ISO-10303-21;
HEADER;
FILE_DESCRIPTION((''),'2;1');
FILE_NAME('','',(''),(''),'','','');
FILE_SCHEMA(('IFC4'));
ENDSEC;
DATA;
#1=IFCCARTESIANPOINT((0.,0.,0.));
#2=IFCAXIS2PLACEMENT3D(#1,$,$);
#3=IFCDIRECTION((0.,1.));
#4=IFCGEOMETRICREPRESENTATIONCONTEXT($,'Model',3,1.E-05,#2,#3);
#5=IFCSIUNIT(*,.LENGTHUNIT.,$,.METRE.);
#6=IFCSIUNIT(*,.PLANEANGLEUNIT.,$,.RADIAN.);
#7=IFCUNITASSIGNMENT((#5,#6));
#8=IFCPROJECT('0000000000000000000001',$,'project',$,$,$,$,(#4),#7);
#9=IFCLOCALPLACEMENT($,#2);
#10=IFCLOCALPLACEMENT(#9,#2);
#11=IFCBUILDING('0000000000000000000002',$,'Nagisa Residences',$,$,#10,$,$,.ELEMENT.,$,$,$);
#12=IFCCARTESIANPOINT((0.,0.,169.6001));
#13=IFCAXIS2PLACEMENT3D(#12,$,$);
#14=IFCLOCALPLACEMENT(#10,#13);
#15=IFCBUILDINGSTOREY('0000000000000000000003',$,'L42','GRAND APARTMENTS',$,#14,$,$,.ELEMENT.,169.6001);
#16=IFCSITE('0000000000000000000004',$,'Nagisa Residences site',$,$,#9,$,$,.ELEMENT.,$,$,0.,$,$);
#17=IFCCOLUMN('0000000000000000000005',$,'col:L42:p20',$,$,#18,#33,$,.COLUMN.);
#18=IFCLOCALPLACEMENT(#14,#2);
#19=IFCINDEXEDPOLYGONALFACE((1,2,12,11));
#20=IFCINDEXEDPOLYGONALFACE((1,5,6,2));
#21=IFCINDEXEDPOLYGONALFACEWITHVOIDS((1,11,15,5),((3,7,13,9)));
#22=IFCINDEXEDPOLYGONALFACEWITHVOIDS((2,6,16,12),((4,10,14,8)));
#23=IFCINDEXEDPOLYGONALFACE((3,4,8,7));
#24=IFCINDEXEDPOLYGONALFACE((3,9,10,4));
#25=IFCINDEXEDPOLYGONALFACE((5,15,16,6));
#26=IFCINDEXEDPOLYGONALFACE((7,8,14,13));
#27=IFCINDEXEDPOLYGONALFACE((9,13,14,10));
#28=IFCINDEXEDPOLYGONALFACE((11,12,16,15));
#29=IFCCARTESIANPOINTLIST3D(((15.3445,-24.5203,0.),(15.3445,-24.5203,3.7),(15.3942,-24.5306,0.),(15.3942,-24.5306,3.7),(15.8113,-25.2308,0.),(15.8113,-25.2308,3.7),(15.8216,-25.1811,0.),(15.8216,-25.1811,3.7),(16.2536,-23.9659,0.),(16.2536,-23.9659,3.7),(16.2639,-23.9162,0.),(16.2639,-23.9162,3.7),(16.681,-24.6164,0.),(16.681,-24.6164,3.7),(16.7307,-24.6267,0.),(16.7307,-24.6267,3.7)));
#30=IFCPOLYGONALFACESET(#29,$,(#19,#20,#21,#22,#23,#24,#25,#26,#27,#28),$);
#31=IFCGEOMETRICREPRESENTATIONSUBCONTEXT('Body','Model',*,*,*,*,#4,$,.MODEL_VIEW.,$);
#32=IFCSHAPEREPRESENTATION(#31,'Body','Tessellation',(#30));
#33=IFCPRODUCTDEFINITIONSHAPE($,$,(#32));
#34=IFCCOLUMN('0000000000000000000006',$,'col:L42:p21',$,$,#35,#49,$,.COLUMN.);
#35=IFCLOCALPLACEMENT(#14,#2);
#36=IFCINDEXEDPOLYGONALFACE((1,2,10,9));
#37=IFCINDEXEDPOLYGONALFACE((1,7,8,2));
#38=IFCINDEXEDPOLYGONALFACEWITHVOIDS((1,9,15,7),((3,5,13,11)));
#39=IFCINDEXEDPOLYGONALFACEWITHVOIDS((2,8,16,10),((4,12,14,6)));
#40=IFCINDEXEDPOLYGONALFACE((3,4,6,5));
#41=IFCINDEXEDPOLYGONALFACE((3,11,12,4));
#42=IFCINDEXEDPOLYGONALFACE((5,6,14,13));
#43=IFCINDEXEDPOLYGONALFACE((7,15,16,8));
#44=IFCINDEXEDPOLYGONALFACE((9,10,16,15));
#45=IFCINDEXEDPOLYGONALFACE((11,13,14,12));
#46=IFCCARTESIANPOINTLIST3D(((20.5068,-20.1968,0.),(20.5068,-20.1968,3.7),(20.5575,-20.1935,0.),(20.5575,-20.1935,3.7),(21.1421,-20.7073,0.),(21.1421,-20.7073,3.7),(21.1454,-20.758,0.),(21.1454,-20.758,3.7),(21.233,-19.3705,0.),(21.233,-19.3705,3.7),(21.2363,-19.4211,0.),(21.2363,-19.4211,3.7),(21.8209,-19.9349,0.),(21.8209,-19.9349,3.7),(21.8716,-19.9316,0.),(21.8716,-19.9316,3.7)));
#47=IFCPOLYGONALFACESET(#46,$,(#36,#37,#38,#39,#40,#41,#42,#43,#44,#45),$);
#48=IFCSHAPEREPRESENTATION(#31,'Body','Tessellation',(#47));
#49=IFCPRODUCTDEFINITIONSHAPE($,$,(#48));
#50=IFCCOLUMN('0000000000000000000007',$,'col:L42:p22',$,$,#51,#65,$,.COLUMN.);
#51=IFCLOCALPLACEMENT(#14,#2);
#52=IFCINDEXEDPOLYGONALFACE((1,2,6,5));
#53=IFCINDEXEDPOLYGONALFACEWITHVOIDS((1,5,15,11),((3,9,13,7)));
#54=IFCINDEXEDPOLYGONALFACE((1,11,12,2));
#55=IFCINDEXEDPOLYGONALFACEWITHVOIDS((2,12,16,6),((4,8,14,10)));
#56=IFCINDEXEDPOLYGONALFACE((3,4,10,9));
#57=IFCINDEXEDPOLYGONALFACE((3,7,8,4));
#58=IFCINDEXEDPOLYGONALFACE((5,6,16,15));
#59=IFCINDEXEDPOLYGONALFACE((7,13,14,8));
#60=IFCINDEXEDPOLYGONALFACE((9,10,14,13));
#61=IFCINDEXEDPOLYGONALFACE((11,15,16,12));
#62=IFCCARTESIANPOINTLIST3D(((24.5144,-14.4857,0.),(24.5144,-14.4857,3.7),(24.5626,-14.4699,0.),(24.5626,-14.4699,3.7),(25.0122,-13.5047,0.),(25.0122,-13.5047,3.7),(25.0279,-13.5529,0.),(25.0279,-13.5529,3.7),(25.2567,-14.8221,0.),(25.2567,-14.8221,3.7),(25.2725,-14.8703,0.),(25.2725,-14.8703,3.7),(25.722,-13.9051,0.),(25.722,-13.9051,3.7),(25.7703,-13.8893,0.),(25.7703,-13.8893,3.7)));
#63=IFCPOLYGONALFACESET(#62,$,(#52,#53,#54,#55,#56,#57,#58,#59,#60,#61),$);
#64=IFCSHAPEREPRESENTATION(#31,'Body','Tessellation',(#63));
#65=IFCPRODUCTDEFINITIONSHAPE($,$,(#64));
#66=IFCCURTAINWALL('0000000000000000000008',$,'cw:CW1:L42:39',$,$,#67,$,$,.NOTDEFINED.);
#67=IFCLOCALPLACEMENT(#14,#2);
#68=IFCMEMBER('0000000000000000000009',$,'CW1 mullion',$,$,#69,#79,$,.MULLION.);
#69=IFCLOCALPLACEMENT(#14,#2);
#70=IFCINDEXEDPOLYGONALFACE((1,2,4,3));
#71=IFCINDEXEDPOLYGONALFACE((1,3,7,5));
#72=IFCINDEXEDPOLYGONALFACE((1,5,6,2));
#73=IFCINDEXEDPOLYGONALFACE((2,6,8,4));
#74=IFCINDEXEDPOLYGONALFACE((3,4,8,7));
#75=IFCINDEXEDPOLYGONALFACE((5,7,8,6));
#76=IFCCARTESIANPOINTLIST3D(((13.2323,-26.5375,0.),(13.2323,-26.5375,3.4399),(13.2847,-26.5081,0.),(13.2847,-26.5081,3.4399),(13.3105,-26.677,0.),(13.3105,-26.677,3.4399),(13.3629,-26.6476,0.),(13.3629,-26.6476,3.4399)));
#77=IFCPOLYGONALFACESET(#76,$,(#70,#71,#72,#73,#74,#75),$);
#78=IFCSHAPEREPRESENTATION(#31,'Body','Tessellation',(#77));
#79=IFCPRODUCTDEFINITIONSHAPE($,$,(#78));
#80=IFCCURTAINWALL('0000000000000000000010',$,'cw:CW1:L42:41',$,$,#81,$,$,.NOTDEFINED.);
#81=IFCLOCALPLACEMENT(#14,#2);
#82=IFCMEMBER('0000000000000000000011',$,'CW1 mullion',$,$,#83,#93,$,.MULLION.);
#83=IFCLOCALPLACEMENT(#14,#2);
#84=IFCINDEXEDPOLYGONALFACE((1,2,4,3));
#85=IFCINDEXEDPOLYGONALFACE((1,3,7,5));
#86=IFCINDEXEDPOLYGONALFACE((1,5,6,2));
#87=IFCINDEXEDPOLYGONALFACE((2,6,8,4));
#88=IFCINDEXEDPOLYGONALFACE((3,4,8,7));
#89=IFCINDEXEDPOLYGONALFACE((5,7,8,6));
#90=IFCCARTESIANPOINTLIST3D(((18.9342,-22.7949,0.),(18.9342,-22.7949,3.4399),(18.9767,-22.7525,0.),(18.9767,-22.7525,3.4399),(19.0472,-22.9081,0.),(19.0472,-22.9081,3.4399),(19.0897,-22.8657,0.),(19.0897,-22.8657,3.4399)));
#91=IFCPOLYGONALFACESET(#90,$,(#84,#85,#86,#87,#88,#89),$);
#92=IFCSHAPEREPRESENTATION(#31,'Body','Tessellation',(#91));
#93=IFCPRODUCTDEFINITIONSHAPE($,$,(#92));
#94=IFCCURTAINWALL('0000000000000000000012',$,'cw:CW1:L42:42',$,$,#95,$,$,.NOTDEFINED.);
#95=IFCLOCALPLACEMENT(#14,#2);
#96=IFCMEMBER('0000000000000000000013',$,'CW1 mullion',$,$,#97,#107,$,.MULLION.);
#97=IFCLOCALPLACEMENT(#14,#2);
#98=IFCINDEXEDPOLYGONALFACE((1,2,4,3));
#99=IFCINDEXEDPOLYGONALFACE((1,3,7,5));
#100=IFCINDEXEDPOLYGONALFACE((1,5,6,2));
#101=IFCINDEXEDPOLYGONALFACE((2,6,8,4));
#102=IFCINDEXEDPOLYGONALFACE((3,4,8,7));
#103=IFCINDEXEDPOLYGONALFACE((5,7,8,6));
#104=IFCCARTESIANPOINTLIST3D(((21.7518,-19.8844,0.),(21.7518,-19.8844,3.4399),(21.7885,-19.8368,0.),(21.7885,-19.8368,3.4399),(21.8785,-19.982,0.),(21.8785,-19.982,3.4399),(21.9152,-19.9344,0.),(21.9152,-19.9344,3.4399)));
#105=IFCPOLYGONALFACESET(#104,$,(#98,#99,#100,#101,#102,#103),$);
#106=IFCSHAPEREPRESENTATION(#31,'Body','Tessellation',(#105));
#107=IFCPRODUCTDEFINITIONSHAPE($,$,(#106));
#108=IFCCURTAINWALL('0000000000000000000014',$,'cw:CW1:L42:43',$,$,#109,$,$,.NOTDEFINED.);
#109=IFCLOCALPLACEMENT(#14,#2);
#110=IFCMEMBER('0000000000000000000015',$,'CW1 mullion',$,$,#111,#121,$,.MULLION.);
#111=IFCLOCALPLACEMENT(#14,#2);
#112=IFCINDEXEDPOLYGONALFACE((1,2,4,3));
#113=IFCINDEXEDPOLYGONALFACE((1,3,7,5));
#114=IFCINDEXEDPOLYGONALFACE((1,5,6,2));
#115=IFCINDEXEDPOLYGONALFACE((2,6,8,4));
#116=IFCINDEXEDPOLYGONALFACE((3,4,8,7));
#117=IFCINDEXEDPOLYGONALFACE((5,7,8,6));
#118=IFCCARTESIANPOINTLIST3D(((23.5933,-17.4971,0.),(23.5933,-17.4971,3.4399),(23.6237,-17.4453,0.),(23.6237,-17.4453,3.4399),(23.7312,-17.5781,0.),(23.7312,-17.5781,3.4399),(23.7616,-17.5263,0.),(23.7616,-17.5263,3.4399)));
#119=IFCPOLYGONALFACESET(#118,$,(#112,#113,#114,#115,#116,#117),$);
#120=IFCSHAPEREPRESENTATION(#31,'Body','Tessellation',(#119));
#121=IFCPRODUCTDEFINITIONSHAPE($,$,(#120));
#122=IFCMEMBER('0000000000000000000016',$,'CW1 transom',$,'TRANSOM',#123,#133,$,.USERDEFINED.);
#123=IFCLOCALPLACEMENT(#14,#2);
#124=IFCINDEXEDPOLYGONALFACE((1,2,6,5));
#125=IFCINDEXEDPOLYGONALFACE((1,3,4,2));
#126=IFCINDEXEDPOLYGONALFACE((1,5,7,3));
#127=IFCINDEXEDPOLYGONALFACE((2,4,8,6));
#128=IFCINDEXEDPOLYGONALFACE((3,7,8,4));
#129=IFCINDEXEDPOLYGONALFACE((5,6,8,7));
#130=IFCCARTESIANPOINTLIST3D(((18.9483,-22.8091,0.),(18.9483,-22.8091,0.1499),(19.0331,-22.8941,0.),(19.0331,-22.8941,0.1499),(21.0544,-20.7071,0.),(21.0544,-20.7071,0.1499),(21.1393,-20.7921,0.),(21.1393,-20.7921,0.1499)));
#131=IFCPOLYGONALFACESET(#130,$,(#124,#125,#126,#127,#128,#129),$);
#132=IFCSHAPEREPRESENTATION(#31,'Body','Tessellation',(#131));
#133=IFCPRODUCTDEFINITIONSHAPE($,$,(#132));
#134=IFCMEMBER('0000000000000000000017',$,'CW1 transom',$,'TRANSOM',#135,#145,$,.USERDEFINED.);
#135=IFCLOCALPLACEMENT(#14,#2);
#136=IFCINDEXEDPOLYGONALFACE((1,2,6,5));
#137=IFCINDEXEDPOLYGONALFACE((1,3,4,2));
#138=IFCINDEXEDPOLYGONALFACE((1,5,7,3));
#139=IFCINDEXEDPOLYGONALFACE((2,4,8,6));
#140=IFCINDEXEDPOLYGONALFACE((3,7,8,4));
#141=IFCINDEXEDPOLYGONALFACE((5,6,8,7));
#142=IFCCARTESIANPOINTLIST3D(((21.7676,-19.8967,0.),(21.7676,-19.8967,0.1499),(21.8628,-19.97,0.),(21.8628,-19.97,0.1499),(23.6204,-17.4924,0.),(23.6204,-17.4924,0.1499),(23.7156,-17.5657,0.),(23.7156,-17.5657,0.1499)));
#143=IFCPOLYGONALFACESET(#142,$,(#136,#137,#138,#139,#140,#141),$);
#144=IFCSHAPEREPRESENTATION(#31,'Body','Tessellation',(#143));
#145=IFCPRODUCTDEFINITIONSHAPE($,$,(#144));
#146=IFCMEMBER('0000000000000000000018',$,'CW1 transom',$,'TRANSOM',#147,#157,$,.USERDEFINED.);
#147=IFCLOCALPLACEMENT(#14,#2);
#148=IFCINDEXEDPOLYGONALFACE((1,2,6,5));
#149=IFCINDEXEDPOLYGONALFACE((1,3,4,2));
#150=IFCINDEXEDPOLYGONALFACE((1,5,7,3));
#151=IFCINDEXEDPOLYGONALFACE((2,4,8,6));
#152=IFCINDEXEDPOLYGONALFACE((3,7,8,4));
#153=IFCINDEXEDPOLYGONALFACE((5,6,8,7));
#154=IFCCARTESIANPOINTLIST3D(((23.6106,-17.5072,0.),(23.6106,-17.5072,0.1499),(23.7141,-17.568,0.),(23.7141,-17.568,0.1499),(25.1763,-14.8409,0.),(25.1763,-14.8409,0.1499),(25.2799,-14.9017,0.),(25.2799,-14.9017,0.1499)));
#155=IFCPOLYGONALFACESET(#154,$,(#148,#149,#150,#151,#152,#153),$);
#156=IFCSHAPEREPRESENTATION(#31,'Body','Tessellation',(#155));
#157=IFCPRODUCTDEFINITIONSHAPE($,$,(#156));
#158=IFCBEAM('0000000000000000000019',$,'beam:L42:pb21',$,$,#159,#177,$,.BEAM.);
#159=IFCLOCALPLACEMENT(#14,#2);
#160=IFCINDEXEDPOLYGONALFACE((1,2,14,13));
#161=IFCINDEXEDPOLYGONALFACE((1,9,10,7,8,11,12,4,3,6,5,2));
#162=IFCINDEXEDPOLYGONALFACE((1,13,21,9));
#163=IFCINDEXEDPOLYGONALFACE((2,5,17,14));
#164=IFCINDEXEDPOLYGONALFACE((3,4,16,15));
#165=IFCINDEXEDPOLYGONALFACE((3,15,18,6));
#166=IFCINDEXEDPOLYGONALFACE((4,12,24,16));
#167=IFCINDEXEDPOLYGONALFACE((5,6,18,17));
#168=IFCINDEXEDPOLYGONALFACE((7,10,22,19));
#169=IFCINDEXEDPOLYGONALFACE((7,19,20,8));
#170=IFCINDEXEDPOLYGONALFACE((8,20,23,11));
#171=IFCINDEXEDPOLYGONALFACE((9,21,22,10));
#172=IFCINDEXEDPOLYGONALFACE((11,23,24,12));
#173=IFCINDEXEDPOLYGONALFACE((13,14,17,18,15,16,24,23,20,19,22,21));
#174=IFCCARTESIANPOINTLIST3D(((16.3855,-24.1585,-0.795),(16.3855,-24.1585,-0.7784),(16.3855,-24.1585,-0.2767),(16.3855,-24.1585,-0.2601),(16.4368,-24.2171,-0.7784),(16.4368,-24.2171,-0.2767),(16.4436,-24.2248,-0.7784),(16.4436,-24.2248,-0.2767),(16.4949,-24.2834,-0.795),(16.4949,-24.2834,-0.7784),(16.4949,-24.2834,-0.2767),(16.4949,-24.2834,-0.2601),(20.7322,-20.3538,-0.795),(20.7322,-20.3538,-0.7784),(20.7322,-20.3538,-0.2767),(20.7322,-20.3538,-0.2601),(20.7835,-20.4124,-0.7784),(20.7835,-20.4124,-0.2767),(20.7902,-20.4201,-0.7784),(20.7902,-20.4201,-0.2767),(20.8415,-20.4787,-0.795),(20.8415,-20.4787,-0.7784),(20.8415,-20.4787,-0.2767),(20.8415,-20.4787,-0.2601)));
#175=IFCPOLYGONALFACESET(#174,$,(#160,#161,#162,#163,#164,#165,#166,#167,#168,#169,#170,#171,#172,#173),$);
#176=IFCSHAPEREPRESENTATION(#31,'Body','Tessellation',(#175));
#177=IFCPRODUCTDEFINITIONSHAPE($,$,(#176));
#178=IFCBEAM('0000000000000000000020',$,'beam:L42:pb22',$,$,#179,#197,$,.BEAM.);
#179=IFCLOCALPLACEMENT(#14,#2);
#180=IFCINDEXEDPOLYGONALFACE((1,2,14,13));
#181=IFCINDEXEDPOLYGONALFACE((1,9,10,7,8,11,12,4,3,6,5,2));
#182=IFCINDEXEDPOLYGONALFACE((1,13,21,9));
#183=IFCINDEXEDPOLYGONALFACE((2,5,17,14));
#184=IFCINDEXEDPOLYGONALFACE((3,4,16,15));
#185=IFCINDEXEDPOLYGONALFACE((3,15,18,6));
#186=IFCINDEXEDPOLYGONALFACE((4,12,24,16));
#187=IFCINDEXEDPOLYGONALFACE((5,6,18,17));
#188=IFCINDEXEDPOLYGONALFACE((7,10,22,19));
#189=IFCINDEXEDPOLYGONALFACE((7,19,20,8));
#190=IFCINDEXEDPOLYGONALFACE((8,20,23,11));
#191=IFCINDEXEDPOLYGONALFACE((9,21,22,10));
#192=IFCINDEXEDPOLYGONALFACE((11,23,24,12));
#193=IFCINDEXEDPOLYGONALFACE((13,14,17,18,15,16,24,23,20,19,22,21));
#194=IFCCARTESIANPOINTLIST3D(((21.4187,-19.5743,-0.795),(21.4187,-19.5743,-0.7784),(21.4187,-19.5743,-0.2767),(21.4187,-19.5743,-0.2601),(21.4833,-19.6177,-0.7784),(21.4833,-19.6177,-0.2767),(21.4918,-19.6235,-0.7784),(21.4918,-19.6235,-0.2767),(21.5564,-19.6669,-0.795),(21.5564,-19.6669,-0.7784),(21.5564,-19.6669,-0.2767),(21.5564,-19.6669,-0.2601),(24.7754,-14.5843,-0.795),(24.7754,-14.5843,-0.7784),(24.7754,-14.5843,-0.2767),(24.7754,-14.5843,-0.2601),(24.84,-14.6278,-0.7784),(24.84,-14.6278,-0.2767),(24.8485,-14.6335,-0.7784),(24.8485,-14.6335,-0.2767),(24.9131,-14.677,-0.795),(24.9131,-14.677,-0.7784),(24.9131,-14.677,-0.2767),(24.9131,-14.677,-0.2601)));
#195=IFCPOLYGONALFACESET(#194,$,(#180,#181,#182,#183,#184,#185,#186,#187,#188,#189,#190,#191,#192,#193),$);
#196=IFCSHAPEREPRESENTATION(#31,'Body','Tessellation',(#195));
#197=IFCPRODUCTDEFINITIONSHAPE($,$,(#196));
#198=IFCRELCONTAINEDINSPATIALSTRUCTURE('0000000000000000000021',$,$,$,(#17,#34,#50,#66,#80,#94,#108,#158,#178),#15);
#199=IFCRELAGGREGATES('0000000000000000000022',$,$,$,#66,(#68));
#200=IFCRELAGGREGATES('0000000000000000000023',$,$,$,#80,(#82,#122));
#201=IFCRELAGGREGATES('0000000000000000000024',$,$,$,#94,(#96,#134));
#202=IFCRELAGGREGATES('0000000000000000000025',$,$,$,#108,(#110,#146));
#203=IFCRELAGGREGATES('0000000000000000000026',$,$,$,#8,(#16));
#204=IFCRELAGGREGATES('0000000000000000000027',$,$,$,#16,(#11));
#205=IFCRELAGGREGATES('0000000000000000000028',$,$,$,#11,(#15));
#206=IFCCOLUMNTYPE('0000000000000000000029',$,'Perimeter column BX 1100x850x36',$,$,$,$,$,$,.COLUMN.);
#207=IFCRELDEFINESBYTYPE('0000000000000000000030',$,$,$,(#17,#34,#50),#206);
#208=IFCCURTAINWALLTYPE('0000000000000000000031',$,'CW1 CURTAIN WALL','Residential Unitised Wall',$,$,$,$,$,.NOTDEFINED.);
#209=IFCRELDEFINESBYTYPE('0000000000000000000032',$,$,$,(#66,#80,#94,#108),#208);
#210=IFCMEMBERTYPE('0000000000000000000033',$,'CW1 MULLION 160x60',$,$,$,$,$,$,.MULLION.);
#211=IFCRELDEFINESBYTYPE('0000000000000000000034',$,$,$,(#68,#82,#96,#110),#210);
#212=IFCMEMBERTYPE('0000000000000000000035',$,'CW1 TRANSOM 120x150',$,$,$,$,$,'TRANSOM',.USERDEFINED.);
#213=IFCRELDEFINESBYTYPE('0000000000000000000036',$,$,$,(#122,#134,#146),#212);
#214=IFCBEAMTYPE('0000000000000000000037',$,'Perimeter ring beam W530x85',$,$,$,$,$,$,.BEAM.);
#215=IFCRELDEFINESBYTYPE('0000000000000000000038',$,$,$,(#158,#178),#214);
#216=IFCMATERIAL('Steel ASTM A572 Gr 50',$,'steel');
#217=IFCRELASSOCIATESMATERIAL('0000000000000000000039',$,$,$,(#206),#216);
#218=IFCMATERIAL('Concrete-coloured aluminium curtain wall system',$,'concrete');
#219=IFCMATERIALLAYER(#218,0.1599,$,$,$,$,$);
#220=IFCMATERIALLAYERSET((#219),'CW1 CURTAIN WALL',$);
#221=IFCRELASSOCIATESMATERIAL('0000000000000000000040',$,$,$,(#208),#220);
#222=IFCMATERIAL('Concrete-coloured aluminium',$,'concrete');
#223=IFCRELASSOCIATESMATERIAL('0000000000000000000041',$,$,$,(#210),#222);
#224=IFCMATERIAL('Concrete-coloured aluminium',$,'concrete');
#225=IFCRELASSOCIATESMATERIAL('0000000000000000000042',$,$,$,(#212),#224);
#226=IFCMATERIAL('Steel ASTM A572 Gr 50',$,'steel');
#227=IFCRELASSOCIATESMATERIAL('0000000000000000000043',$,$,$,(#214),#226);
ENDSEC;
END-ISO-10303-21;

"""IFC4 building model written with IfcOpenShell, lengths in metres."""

from ifc_helpers import new_model, si_unit, direction, frame, origin, origin_2d, place, context, subcontext, project, spatial, rectangle, hollow_rectangle, i_section, extrude, material, layer, layer_set, material_profile, profile_set, type_object, element, aggregate, save


model = new_model("IFC4")

# Units and contexts
model_context = context("Model", 3, precision=1e-05, world=origin(), true_north=direction((0.0, 1.0)))
body_context = subcontext(model_context, "Body", "Model", "MODEL_VIEW")
ifc_project = project(units=[si_unit("LENGTHUNIT", "METRE"), si_unit("PLANEANGLEUNIT", "RADIAN")], contexts=[model_context])

# Site, building, storey
site_placement = place(None, origin())
site = spatial("IfcSite", under=ifc_project, at=site_placement, Name="Nagisa Residences site", CompositionType="ELEMENT", RefElevation=0.0)
building_placement = place(site_placement, origin())
building = spatial("IfcBuilding", under=site, at=building_placement, Name="Nagisa Residences", CompositionType="ELEMENT")
storey_placement = place(building_placement, frame((0.0, 0.0, 169.6001)))
storey = spatial("IfcBuildingStorey", under=building, at=storey_placement, Name="L42", Description="GRAND APARTMENTS", CompositionType="ELEMENT", Elevation=169.6001)

# Columns
ifc_material_1 = material(Name="Steel ASTM A572 Gr 50", Category="steel")
ifc_material_profile_1 = material_profile(ifc_material_1, hollow_rectangle(XDim=1.1001, YDim=0.8501, WallThickness=0.0359, at=origin_2d()), Name="BX 1100x850x36")
ifc_profile_set_1 = profile_set([ifc_material_profile_1], Name="Steel ASTM A572 Gr 50")
column_type = type_object("IfcColumnType", Name="Perimeter column BX 1100x850x36", PredefinedType="COLUMN", material=ifc_profile_set_1)
for number, where, z_axis, x_axis, name in (
    (1, (16.0376, -24.5735, 0.0), (0.0, 0.0, 1.0), (0.835766, 0.549086, 0.0), "col:L42:p20"),
    (2, (21.1892, -20.0642, 0.0), (0.0, 0.0, 1.0), (0.660115, 0.751165, 0.0), "col:L42:p21"),
    (3, (25.1423, -14.1875, 0.0), (0.0, 0.0, 1.0), (0.452463, 0.891783, 0.0), "col:L42:p22"),
):
    element("IfcColumn", number, at=place(storey_placement, frame(where, z_axis=z_axis, x_axis=x_axis)), inside=storey, type_object=column_type, Name=name, PredefinedType="COLUMN", context=body_context, shape_type="SweptSolid", body=[
        extrude(hollow_rectangle(XDim=1.1001, YDim=0.8501, WallThickness=0.0359, at=origin_2d()), origin(), (0.0, 0.0, 1.0), 3.7),
    ])

# Curtain walls, members
ifc_material_2 = material(Name="Concrete-coloured aluminium curtain wall system", Category="concrete")
ifc_layer_1 = layer(ifc_material_2, 0.1599)
ifc_layer_set_1 = layer_set([ifc_layer_1], Name="CW1 CURTAIN WALL")
curtain_wall_type = type_object("IfcCurtainWallType", Name="CW1 CURTAIN WALL", Description="Residential Unitised Wall", PredefinedType="NOTDEFINED", material=ifc_layer_set_1)
curtain_wall_1_placement = place(storey_placement, origin())
curtain_wall_1 = element("IfcCurtainWall", 4, at=curtain_wall_1_placement, inside=storey, type_object=curtain_wall_type, Name="cw:CW1:L42:39", PredefinedType="NOTDEFINED")
ifc_material_3 = material(Name="Concrete-coloured aluminium", Category="concrete")
ifc_material_profile_2 = material_profile(ifc_material_3, rectangle(XDim=0.1599, YDim=0.0601, at=origin_2d()), Name="CW1 MULLION 160x60")
ifc_profile_set_2 = profile_set([ifc_material_profile_2], Name="Concrete-coloured aluminium")
member_type_1 = type_object("IfcMemberType", Name="CW1 MULLION 160x60", PredefinedType="MULLION", material=ifc_profile_set_2)
member_1_placement = place(storey_placement, frame((13.2976, -26.5925, 0.0), z_axis=(0.0, 0.0, 1.0), x_axis=(-0.489377, 0.872072, 0.0)))
member_1 = element("IfcMember", 5, at=member_1_placement, type_object=member_type_1, Name="CW1 mullion", PredefinedType="MULLION", context=body_context, shape_type="SweptSolid", body=[
    extrude(rectangle(XDim=0.1599, YDim=0.0601, at=origin_2d()), origin(), (0.0, 0.0, 1.0), 3.4399),
])
curtain_wall_2_placement = place(storey_placement, origin())
curtain_wall_2 = element("IfcCurtainWall", 6, at=curtain_wall_2_placement, inside=storey, type_object=curtain_wall_type, Name="cw:CW1:L42:41", PredefinedType="NOTDEFINED")
member_2_placement = place(storey_placement, frame((19.012, -22.8303, 0.0), z_axis=(0.0, 0.0, 1.0), x_axis=(-0.706377, 0.707836, 0.0)))
member_2 = element("IfcMember", 7, at=member_2_placement, type_object=member_type_1, Name="CW1 mullion", PredefinedType="MULLION", context=body_context, shape_type="SweptSolid", body=[
    extrude(rectangle(XDim=0.1599, YDim=0.0601, at=origin_2d()), origin(), (0.0, 0.0, 1.0), 3.4399),
])
curtain_wall_3_placement = place(storey_placement, origin())
curtain_wall_3 = element("IfcCurtainWall", 8, at=curtain_wall_3_placement, inside=storey, type_object=curtain_wall_type, Name="cw:CW1:L42:42", PredefinedType="NOTDEFINED")
member_3_placement = place(storey_placement, frame((21.8335, -19.9094, 0.0), z_axis=(0.0, 0.0, 1.0), x_axis=(-0.79207, 0.61043, 0.0)))
member_3 = element("IfcMember", 9, at=member_3_placement, type_object=member_type_1, Name="CW1 mullion", PredefinedType="MULLION", context=body_context, shape_type="SweptSolid", body=[
    extrude(rectangle(XDim=0.1599, YDim=0.0601, at=origin_2d()), origin(), (0.0, 0.0, 1.0), 3.4399),
])
curtain_wall_4_placement = place(storey_placement, origin())
curtain_wall_4 = element("IfcCurtainWall", 10, at=curtain_wall_4_placement, inside=storey, type_object=curtain_wall_type, Name="cw:CW1:L42:43", PredefinedType="NOTDEFINED")
member_4_placement = place(storey_placement, frame((23.6775, -17.5117, 0.0), z_axis=(0.0, 0.0, 1.0), x_axis=(-0.862329, 0.506349, 0.0)))
member_4 = element("IfcMember", 11, at=member_4_placement, type_object=member_type_1, Name="CW1 mullion", PredefinedType="MULLION", context=body_context, shape_type="SweptSolid", body=[
    extrude(rectangle(XDim=0.1599, YDim=0.0601, at=origin_2d()), origin(), (0.0, 0.0, 1.0), 3.4399),
])

# Members
ifc_material_4 = material(Name="Concrete-coloured aluminium", Category="concrete")
ifc_material_profile_3 = material_profile(ifc_material_4, rectangle(XDim=0.1201, YDim=0.1499, at=origin_2d()), Name="CW1 TRANSOM 120x150")
ifc_profile_set_3 = profile_set([ifc_material_profile_3], Name="Concrete-coloured aluminium")
member_type_2 = type_object("IfcMemberType", Name="CW1 TRANSOM 120x150", ElementType="TRANSOM", PredefinedType="USERDEFINED", material=ifc_profile_set_3)
member_5_placement = place(storey_placement, frame((18.9907, -22.8516, 0.075), z_axis=(0.707804, 0.706409, 0.0), x_axis=(-0.706409, 0.707804, 0.0)))
member_5 = element("IfcMember", 12, at=member_5_placement, type_object=member_type_2, Name="CW1 transom", ObjectType="TRANSOM", PredefinedType="USERDEFINED", context=body_context, shape_type="SweptSolid", body=[
    extrude(rectangle(XDim=0.1201, YDim=0.1499, at=origin_2d()), origin(), (0.0, 0.0, 1.0), 2.9756),
])
member_6_placement = place(storey_placement, frame((21.8152, -19.9333, 0.075), z_axis=(0.610399, 0.792094, 0.0), x_axis=(-0.792094, 0.610399, 0.0)))
member_6 = element("IfcMember", 13, at=member_6_placement, type_object=member_type_2, Name="CW1 transom", ObjectType="TRANSOM", PredefinedType="USERDEFINED", context=body_context, shape_type="SweptSolid", body=[
    extrude(rectangle(XDim=0.1201, YDim=0.1499, at=origin_2d()), origin(), (0.0, 0.0, 1.0), 3.0354),
])
member_7_placement = place(storey_placement, frame((23.6624, -17.5376, 0.075), z_axis=(0.506368, 0.862318, 0.0), x_axis=(-0.862318, 0.506368, 0.0)))
member_7 = element("IfcMember", 14, at=member_7_placement, type_object=member_type_2, Name="CW1 transom", ObjectType="TRANSOM", PredefinedType="USERDEFINED", context=body_context, shape_type="SweptSolid", body=[
    extrude(rectangle(XDim=0.1201, YDim=0.1499, at=origin_2d()), origin(), (0.0, 0.0, 1.0), 3.092),
])

# Beams
ifc_material_5 = material(Name="Steel ASTM A572 Gr 50", Category="steel")
ifc_material_profile_4 = material_profile(ifc_material_5, i_section(OverallWidth=0.166, OverallDepth=0.5349, WebThickness=0.0103, FlangeThickness=0.0166, at=origin_2d()), Name="W530x85")
ifc_profile_set_4 = profile_set([ifc_material_profile_4], Name="Steel ASTM A572 Gr 50")
beam_type_1 = type_object("IfcBeamType", Name="Perimeter ring beam W530x85", PredefinedType="BEAM", material=ifc_profile_set_4)
beam_1_placement = place(storey_placement, frame((16.4402, -24.2209, -0.5276), z_axis=(0.752461, 0.658636, 0.0), x_axis=(-0.658636, 0.752461, 0.0)))
element("IfcBeam", 15, at=beam_1_placement, inside=storey, type_object=beam_type_1, Name="beam:L42:pb21", PredefinedType="BEAM", context=body_context, shape_type="SweptSolid", body=[
    extrude(i_section(OverallWidth=0.166, OverallDepth=0.5349, WebThickness=0.0103, FlangeThickness=0.0166, at=origin_2d()), origin(), (0.0, 0.0, 1.0), 5.7766),
])
beam_2_placement = place(storey_placement, frame((21.4875, -19.6206, -0.5276), z_axis=(0.558152, 0.829739, 0.0), x_axis=(-0.829739, 0.558152, 0.0)))
element("IfcBeam", 16, at=beam_2_placement, inside=storey, type_object=beam_type_1, Name="beam:L42:pb22", PredefinedType="BEAM", context=body_context, shape_type="SweptSolid", body=[
    extrude(i_section(OverallWidth=0.166, OverallDepth=0.5349, WebThickness=0.0103, FlangeThickness=0.0166, at=origin_2d()), origin(), (0.0, 0.0, 1.0), 6.0139),
])

aggregate(curtain_wall_1, [member_1])
aggregate(curtain_wall_2, [member_2, member_5])
aggregate(curtain_wall_3, [member_3, member_6])
aggregate(curtain_wall_4, [member_4, member_7])

save(model, "model.ifc")
